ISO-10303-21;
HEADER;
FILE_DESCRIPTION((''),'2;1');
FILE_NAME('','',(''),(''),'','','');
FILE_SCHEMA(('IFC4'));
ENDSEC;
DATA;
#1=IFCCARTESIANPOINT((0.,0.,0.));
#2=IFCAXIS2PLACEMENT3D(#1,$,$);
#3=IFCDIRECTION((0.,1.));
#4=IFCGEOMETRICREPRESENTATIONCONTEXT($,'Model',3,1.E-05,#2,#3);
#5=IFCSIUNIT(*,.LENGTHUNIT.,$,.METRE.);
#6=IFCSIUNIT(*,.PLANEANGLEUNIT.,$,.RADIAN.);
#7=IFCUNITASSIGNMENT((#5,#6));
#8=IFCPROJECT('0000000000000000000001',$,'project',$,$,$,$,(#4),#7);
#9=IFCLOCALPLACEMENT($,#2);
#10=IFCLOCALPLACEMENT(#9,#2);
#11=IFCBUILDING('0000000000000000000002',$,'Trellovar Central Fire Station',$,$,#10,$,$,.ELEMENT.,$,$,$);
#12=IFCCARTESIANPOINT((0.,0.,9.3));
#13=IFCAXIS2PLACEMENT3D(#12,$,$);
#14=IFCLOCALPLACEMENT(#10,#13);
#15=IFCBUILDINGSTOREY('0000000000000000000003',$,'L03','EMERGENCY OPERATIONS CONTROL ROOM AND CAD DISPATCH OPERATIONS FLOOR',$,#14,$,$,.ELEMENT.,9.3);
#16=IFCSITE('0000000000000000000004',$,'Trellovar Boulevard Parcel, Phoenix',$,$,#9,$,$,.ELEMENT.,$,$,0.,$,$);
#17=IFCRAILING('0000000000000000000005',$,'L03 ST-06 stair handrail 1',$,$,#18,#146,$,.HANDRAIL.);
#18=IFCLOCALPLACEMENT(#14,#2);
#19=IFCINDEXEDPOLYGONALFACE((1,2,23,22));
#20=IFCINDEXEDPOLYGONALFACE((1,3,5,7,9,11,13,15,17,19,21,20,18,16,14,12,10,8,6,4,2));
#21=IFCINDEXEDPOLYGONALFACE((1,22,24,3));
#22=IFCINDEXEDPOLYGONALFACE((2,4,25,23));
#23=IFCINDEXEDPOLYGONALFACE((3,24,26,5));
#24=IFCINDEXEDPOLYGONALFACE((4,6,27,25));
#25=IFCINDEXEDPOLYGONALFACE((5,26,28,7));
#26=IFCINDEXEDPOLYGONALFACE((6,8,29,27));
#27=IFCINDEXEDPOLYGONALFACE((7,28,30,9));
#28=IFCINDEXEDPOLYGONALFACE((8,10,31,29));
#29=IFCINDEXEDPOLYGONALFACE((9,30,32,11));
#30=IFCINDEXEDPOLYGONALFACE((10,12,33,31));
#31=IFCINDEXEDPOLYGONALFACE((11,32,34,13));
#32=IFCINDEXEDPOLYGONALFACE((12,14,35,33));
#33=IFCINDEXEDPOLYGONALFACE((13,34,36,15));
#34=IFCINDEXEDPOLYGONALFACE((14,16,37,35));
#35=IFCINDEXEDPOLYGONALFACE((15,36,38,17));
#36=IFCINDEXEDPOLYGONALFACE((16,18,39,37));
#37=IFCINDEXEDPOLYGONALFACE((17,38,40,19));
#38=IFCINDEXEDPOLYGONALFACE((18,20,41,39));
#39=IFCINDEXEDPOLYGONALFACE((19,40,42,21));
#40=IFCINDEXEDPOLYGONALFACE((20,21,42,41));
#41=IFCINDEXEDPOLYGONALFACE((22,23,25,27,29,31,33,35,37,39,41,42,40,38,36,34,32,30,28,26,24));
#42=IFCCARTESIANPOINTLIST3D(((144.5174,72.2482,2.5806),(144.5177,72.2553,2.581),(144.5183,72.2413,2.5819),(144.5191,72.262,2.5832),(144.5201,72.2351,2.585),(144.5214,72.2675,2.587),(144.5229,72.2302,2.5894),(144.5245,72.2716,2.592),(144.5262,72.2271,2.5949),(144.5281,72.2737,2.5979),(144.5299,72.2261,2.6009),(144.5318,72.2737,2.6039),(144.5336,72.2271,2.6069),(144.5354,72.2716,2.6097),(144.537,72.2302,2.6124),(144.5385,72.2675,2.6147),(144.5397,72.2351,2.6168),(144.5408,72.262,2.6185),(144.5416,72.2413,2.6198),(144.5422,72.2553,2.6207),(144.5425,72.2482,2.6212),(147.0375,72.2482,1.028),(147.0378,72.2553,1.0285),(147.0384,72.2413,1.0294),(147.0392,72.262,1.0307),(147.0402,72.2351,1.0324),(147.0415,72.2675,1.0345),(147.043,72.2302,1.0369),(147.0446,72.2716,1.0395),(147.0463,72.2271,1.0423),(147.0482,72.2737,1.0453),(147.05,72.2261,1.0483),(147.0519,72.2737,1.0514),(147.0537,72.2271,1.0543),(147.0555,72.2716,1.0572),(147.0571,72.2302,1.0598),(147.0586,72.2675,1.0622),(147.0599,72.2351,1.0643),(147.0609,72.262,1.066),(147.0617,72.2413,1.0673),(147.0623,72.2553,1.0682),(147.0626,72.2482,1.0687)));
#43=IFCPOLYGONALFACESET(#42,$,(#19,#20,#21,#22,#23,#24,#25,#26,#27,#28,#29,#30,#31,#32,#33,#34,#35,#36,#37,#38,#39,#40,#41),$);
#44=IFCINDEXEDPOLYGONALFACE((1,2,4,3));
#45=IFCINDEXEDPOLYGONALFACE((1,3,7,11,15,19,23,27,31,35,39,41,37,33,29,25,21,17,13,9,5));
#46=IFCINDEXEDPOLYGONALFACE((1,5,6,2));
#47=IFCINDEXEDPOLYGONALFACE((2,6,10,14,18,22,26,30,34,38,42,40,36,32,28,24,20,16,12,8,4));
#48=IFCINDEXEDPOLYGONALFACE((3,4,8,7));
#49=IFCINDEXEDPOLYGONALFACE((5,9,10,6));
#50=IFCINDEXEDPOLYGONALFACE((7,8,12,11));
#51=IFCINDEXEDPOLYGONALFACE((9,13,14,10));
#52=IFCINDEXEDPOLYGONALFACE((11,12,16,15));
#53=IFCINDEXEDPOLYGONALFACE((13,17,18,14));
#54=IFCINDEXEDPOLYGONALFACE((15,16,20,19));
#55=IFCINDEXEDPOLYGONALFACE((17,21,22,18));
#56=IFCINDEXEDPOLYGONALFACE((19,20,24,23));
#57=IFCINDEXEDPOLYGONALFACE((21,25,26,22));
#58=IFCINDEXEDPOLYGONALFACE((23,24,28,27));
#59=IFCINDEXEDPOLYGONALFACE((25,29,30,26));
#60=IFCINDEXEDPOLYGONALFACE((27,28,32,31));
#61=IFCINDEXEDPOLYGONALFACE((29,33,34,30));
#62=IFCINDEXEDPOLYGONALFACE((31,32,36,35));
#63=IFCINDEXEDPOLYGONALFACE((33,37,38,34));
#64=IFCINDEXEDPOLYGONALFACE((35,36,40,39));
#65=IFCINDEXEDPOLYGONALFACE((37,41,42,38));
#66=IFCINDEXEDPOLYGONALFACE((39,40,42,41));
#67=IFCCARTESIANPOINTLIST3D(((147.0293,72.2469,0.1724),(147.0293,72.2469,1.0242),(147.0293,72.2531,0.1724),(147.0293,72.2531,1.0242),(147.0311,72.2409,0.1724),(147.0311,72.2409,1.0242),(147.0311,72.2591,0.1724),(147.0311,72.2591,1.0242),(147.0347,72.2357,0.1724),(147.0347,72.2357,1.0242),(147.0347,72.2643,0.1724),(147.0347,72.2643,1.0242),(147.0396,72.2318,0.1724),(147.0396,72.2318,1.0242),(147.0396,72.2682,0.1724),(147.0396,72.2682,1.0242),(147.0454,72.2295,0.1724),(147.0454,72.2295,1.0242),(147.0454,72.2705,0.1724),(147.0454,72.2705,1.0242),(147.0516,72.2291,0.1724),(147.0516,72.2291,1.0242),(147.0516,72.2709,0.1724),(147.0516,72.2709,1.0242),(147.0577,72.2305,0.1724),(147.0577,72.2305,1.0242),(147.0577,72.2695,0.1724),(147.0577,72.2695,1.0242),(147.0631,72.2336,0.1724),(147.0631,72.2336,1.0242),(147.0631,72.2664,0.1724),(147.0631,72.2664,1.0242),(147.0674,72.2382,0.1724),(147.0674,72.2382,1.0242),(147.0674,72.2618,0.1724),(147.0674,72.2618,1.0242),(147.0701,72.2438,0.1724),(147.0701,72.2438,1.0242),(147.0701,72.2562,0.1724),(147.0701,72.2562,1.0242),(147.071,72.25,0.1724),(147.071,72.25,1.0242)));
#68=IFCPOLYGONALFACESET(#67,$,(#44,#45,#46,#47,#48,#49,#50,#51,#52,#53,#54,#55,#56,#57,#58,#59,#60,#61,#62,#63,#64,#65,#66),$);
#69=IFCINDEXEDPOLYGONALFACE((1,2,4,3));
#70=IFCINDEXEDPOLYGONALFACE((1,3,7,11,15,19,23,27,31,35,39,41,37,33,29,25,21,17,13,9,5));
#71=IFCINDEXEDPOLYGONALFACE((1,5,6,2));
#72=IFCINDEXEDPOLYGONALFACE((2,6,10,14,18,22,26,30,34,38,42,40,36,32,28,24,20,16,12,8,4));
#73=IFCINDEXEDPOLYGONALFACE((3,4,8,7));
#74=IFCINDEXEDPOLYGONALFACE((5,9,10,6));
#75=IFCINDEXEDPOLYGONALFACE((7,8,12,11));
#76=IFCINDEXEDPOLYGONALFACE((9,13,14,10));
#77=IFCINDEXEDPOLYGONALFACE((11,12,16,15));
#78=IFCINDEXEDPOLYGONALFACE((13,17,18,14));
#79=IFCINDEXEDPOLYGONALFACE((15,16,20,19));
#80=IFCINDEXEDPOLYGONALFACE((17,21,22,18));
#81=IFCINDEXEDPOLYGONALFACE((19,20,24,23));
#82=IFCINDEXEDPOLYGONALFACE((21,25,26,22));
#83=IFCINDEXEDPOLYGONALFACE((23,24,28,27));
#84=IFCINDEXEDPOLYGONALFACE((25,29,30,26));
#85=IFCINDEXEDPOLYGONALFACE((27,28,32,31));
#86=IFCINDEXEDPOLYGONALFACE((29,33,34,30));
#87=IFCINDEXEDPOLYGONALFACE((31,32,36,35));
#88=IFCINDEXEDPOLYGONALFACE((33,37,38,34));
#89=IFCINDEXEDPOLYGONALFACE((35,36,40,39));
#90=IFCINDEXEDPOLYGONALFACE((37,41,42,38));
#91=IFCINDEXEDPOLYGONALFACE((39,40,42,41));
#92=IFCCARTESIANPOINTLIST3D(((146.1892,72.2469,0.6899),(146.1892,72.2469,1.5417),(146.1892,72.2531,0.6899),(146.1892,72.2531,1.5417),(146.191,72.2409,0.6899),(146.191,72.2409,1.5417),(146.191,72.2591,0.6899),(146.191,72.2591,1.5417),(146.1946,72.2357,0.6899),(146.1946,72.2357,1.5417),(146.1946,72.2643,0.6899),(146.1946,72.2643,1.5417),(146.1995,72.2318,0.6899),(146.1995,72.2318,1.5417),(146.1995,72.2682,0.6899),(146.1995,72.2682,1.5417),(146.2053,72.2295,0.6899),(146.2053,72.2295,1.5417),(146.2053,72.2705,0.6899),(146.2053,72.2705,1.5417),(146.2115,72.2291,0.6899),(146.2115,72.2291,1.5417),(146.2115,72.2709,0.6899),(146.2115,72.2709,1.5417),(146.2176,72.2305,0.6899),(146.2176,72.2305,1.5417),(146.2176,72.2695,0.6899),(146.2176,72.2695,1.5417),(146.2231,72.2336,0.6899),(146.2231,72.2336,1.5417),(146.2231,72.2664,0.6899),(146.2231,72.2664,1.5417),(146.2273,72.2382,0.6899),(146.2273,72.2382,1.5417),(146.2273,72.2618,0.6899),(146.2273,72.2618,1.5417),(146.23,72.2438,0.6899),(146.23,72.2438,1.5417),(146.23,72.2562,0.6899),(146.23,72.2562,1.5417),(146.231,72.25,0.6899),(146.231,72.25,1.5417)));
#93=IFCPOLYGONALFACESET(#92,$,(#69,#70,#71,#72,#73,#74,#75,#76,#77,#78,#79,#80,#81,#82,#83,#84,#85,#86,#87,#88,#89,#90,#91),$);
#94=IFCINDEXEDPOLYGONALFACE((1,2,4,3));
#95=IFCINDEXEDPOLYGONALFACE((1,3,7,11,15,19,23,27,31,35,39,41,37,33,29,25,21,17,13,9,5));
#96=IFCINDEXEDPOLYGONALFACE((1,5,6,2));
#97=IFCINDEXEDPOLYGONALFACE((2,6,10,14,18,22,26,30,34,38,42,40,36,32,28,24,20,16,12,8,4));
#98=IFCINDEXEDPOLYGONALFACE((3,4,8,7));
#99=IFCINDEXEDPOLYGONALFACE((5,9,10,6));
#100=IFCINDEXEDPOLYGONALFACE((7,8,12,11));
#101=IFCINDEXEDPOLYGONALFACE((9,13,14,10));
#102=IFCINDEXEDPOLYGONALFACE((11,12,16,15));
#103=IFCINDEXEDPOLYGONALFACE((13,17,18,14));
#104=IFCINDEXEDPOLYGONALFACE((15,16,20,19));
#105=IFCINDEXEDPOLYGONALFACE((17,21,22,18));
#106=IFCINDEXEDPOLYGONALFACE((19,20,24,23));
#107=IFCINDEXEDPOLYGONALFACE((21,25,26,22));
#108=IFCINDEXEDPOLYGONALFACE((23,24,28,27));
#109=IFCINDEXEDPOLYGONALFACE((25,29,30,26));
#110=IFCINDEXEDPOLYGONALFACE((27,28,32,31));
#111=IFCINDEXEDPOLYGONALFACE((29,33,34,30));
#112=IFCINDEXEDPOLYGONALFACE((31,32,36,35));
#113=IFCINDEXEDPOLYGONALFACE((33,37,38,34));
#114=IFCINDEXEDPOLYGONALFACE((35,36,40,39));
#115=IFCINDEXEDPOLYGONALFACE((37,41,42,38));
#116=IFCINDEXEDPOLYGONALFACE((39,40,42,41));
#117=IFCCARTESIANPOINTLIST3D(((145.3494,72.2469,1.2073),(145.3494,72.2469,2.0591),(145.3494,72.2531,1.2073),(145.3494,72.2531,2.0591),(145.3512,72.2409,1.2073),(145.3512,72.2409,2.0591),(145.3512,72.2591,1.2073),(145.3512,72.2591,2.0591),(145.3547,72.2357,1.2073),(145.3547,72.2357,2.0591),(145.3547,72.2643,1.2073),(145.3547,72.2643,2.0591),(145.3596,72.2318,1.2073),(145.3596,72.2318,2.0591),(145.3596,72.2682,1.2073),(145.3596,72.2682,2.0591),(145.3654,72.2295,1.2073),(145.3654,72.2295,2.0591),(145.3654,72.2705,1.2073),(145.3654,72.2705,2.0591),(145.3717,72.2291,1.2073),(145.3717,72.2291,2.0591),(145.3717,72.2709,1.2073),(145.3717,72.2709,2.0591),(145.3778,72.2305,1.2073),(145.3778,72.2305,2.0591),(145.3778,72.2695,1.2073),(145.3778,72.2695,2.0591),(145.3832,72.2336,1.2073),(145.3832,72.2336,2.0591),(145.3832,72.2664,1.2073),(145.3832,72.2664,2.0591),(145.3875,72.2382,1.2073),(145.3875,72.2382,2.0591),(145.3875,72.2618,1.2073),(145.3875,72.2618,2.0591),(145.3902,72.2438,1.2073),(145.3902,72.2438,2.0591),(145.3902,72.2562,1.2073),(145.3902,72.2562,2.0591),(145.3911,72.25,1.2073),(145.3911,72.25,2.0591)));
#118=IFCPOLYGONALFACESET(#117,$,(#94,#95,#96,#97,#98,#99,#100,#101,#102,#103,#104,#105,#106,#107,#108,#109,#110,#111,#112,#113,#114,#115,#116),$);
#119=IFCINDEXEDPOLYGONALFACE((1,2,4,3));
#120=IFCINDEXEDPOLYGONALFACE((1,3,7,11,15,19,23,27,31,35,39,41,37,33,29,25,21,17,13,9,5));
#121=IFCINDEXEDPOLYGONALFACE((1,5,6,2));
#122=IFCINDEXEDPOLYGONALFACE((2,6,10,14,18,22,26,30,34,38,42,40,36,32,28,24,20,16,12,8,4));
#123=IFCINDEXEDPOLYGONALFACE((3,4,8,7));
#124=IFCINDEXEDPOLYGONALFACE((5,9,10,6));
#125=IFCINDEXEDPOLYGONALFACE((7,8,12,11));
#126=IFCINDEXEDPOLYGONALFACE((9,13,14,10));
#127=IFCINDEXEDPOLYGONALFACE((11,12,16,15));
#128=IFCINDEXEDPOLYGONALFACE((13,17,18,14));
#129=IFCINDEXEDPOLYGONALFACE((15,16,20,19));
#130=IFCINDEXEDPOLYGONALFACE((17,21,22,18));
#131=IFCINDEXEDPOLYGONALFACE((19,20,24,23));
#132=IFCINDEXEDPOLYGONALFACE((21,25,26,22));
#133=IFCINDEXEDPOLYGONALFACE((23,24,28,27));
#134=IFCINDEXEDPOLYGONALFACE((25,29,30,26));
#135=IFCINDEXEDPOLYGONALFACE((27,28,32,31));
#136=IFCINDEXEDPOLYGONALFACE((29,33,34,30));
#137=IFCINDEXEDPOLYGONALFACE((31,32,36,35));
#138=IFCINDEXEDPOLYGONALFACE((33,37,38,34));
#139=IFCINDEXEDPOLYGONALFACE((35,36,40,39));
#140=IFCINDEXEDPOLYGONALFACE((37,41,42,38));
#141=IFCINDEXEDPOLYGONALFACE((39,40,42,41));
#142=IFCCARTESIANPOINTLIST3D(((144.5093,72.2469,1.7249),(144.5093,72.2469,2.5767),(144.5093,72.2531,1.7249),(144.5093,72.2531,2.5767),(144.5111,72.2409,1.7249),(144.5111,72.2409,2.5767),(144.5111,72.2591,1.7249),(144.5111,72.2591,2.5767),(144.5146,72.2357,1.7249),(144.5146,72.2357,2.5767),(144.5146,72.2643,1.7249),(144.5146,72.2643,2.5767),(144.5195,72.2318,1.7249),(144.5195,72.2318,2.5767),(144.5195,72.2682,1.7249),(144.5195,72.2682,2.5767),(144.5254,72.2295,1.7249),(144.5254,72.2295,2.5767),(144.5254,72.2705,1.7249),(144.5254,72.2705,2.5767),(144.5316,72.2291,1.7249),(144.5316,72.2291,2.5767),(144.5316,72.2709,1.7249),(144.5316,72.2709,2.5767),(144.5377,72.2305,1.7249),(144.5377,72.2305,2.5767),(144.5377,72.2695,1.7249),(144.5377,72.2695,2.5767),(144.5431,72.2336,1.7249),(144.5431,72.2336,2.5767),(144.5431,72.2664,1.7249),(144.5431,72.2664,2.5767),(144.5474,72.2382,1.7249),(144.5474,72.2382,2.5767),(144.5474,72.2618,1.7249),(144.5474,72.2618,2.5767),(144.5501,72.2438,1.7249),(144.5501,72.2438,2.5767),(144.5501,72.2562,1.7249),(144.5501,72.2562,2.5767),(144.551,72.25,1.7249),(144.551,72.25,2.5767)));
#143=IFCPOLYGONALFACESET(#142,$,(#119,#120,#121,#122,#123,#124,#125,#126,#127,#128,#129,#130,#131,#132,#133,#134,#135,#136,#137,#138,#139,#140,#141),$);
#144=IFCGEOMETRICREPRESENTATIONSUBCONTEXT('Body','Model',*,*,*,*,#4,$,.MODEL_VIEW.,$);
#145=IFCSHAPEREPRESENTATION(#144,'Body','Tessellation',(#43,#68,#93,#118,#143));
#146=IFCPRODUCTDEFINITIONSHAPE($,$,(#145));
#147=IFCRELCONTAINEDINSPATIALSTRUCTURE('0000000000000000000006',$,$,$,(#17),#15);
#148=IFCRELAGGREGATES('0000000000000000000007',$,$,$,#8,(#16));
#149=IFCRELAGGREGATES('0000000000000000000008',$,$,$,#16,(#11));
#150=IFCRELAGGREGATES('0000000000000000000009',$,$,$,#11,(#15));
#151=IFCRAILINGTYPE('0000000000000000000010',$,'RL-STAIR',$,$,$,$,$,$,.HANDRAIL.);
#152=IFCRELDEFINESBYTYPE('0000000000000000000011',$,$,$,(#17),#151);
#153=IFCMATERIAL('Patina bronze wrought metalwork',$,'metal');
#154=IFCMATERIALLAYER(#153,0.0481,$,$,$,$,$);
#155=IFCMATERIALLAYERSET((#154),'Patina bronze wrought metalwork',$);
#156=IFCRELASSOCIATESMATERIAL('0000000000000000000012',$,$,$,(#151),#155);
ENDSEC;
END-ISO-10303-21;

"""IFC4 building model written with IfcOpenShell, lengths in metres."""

from ifc_helpers import new_model, si_unit, direction, frame, origin, origin_2d, place, context, subcontext, project, spatial, circle, extrude, material, layer, layer_set, type_object, element, save


model = new_model("IFC4")

# Units and contexts
model_context = context("Model", 3, precision=1e-05, world=origin(), true_north=direction((0.0, 1.0)))
body_context = subcontext(model_context, "Body", "Model", "MODEL_VIEW")
ifc_project = project(units=[si_unit("LENGTHUNIT", "METRE"), si_unit("PLANEANGLEUNIT", "RADIAN")], contexts=[model_context])

# Site, building, storey
site_placement = place(None, origin())
site = spatial("IfcSite", under=ifc_project, at=site_placement, Name="Trellovar Boulevard Parcel, Phoenix", CompositionType="ELEMENT", RefElevation=0.0)
building_placement = place(site_placement, origin())
building = spatial("IfcBuilding", under=site, at=building_placement, Name="Trellovar Central Fire Station", CompositionType="ELEMENT")
storey_placement = place(building_placement, frame((0.0, 0.0, 9.3)))
storey = spatial("IfcBuildingStorey", under=building, at=storey_placement, Name="L03", Description="EMERGENCY OPERATIONS CONTROL ROOM AND CAD DISPATCH OPERATIONS FLOOR", CompositionType="ELEMENT", Elevation=9.3)

# Railing
ifc_material_1 = material(Name="Patina bronze wrought metalwork", Category="metal")
ifc_layer_1 = layer(ifc_material_1, 0.0481)
ifc_layer_set_1 = layer_set([ifc_layer_1], Name="Patina bronze wrought metalwork")
railing_type_1 = type_object("IfcRailingType", Name="RL-STAIR", PredefinedType="HANDRAIL", material=ifc_layer_set_1)
railing_1_placement = place(storey_placement, frame((147.05, 72.25, 0.1724)))
element("IfcRailing", 1, at=railing_1_placement, inside=storey, type_object=railing_type_1, Name="L03 ST-06 stair handrail 1", PredefinedType="HANDRAIL", context=body_context, shape_type="SweptSolid", body=[
    extrude(circle(Radius=0.0239, at=origin_2d()), frame((0.0, 0.0, 0.876), z_axis=(-0.8514, 0.0, 0.524516), x_axis=(0.0, -1.0, 0.0)), (0.0, 0.0, 1.0), 2.96),
    extrude(circle(Radius=0.021, at=origin_2d()), origin(), (0.0, 0.0, 1.0), 0.8518),
    extrude(circle(Radius=0.021, at=origin_2d()), frame((-0.8401, 0.0, 0.5176)), (0.0, 0.0, 1.0), 0.8518),
    extrude(circle(Radius=0.021, at=origin_2d()), frame((-1.6799, 0.0, 1.0349)), (0.0, 0.0, 1.0), 0.8518),
    extrude(circle(Radius=0.021, at=origin_2d()), frame((-2.52, 0.0, 1.5525)), (0.0, 0.0, 1.0), 0.8518),
])

save(model, "model.ifc")
